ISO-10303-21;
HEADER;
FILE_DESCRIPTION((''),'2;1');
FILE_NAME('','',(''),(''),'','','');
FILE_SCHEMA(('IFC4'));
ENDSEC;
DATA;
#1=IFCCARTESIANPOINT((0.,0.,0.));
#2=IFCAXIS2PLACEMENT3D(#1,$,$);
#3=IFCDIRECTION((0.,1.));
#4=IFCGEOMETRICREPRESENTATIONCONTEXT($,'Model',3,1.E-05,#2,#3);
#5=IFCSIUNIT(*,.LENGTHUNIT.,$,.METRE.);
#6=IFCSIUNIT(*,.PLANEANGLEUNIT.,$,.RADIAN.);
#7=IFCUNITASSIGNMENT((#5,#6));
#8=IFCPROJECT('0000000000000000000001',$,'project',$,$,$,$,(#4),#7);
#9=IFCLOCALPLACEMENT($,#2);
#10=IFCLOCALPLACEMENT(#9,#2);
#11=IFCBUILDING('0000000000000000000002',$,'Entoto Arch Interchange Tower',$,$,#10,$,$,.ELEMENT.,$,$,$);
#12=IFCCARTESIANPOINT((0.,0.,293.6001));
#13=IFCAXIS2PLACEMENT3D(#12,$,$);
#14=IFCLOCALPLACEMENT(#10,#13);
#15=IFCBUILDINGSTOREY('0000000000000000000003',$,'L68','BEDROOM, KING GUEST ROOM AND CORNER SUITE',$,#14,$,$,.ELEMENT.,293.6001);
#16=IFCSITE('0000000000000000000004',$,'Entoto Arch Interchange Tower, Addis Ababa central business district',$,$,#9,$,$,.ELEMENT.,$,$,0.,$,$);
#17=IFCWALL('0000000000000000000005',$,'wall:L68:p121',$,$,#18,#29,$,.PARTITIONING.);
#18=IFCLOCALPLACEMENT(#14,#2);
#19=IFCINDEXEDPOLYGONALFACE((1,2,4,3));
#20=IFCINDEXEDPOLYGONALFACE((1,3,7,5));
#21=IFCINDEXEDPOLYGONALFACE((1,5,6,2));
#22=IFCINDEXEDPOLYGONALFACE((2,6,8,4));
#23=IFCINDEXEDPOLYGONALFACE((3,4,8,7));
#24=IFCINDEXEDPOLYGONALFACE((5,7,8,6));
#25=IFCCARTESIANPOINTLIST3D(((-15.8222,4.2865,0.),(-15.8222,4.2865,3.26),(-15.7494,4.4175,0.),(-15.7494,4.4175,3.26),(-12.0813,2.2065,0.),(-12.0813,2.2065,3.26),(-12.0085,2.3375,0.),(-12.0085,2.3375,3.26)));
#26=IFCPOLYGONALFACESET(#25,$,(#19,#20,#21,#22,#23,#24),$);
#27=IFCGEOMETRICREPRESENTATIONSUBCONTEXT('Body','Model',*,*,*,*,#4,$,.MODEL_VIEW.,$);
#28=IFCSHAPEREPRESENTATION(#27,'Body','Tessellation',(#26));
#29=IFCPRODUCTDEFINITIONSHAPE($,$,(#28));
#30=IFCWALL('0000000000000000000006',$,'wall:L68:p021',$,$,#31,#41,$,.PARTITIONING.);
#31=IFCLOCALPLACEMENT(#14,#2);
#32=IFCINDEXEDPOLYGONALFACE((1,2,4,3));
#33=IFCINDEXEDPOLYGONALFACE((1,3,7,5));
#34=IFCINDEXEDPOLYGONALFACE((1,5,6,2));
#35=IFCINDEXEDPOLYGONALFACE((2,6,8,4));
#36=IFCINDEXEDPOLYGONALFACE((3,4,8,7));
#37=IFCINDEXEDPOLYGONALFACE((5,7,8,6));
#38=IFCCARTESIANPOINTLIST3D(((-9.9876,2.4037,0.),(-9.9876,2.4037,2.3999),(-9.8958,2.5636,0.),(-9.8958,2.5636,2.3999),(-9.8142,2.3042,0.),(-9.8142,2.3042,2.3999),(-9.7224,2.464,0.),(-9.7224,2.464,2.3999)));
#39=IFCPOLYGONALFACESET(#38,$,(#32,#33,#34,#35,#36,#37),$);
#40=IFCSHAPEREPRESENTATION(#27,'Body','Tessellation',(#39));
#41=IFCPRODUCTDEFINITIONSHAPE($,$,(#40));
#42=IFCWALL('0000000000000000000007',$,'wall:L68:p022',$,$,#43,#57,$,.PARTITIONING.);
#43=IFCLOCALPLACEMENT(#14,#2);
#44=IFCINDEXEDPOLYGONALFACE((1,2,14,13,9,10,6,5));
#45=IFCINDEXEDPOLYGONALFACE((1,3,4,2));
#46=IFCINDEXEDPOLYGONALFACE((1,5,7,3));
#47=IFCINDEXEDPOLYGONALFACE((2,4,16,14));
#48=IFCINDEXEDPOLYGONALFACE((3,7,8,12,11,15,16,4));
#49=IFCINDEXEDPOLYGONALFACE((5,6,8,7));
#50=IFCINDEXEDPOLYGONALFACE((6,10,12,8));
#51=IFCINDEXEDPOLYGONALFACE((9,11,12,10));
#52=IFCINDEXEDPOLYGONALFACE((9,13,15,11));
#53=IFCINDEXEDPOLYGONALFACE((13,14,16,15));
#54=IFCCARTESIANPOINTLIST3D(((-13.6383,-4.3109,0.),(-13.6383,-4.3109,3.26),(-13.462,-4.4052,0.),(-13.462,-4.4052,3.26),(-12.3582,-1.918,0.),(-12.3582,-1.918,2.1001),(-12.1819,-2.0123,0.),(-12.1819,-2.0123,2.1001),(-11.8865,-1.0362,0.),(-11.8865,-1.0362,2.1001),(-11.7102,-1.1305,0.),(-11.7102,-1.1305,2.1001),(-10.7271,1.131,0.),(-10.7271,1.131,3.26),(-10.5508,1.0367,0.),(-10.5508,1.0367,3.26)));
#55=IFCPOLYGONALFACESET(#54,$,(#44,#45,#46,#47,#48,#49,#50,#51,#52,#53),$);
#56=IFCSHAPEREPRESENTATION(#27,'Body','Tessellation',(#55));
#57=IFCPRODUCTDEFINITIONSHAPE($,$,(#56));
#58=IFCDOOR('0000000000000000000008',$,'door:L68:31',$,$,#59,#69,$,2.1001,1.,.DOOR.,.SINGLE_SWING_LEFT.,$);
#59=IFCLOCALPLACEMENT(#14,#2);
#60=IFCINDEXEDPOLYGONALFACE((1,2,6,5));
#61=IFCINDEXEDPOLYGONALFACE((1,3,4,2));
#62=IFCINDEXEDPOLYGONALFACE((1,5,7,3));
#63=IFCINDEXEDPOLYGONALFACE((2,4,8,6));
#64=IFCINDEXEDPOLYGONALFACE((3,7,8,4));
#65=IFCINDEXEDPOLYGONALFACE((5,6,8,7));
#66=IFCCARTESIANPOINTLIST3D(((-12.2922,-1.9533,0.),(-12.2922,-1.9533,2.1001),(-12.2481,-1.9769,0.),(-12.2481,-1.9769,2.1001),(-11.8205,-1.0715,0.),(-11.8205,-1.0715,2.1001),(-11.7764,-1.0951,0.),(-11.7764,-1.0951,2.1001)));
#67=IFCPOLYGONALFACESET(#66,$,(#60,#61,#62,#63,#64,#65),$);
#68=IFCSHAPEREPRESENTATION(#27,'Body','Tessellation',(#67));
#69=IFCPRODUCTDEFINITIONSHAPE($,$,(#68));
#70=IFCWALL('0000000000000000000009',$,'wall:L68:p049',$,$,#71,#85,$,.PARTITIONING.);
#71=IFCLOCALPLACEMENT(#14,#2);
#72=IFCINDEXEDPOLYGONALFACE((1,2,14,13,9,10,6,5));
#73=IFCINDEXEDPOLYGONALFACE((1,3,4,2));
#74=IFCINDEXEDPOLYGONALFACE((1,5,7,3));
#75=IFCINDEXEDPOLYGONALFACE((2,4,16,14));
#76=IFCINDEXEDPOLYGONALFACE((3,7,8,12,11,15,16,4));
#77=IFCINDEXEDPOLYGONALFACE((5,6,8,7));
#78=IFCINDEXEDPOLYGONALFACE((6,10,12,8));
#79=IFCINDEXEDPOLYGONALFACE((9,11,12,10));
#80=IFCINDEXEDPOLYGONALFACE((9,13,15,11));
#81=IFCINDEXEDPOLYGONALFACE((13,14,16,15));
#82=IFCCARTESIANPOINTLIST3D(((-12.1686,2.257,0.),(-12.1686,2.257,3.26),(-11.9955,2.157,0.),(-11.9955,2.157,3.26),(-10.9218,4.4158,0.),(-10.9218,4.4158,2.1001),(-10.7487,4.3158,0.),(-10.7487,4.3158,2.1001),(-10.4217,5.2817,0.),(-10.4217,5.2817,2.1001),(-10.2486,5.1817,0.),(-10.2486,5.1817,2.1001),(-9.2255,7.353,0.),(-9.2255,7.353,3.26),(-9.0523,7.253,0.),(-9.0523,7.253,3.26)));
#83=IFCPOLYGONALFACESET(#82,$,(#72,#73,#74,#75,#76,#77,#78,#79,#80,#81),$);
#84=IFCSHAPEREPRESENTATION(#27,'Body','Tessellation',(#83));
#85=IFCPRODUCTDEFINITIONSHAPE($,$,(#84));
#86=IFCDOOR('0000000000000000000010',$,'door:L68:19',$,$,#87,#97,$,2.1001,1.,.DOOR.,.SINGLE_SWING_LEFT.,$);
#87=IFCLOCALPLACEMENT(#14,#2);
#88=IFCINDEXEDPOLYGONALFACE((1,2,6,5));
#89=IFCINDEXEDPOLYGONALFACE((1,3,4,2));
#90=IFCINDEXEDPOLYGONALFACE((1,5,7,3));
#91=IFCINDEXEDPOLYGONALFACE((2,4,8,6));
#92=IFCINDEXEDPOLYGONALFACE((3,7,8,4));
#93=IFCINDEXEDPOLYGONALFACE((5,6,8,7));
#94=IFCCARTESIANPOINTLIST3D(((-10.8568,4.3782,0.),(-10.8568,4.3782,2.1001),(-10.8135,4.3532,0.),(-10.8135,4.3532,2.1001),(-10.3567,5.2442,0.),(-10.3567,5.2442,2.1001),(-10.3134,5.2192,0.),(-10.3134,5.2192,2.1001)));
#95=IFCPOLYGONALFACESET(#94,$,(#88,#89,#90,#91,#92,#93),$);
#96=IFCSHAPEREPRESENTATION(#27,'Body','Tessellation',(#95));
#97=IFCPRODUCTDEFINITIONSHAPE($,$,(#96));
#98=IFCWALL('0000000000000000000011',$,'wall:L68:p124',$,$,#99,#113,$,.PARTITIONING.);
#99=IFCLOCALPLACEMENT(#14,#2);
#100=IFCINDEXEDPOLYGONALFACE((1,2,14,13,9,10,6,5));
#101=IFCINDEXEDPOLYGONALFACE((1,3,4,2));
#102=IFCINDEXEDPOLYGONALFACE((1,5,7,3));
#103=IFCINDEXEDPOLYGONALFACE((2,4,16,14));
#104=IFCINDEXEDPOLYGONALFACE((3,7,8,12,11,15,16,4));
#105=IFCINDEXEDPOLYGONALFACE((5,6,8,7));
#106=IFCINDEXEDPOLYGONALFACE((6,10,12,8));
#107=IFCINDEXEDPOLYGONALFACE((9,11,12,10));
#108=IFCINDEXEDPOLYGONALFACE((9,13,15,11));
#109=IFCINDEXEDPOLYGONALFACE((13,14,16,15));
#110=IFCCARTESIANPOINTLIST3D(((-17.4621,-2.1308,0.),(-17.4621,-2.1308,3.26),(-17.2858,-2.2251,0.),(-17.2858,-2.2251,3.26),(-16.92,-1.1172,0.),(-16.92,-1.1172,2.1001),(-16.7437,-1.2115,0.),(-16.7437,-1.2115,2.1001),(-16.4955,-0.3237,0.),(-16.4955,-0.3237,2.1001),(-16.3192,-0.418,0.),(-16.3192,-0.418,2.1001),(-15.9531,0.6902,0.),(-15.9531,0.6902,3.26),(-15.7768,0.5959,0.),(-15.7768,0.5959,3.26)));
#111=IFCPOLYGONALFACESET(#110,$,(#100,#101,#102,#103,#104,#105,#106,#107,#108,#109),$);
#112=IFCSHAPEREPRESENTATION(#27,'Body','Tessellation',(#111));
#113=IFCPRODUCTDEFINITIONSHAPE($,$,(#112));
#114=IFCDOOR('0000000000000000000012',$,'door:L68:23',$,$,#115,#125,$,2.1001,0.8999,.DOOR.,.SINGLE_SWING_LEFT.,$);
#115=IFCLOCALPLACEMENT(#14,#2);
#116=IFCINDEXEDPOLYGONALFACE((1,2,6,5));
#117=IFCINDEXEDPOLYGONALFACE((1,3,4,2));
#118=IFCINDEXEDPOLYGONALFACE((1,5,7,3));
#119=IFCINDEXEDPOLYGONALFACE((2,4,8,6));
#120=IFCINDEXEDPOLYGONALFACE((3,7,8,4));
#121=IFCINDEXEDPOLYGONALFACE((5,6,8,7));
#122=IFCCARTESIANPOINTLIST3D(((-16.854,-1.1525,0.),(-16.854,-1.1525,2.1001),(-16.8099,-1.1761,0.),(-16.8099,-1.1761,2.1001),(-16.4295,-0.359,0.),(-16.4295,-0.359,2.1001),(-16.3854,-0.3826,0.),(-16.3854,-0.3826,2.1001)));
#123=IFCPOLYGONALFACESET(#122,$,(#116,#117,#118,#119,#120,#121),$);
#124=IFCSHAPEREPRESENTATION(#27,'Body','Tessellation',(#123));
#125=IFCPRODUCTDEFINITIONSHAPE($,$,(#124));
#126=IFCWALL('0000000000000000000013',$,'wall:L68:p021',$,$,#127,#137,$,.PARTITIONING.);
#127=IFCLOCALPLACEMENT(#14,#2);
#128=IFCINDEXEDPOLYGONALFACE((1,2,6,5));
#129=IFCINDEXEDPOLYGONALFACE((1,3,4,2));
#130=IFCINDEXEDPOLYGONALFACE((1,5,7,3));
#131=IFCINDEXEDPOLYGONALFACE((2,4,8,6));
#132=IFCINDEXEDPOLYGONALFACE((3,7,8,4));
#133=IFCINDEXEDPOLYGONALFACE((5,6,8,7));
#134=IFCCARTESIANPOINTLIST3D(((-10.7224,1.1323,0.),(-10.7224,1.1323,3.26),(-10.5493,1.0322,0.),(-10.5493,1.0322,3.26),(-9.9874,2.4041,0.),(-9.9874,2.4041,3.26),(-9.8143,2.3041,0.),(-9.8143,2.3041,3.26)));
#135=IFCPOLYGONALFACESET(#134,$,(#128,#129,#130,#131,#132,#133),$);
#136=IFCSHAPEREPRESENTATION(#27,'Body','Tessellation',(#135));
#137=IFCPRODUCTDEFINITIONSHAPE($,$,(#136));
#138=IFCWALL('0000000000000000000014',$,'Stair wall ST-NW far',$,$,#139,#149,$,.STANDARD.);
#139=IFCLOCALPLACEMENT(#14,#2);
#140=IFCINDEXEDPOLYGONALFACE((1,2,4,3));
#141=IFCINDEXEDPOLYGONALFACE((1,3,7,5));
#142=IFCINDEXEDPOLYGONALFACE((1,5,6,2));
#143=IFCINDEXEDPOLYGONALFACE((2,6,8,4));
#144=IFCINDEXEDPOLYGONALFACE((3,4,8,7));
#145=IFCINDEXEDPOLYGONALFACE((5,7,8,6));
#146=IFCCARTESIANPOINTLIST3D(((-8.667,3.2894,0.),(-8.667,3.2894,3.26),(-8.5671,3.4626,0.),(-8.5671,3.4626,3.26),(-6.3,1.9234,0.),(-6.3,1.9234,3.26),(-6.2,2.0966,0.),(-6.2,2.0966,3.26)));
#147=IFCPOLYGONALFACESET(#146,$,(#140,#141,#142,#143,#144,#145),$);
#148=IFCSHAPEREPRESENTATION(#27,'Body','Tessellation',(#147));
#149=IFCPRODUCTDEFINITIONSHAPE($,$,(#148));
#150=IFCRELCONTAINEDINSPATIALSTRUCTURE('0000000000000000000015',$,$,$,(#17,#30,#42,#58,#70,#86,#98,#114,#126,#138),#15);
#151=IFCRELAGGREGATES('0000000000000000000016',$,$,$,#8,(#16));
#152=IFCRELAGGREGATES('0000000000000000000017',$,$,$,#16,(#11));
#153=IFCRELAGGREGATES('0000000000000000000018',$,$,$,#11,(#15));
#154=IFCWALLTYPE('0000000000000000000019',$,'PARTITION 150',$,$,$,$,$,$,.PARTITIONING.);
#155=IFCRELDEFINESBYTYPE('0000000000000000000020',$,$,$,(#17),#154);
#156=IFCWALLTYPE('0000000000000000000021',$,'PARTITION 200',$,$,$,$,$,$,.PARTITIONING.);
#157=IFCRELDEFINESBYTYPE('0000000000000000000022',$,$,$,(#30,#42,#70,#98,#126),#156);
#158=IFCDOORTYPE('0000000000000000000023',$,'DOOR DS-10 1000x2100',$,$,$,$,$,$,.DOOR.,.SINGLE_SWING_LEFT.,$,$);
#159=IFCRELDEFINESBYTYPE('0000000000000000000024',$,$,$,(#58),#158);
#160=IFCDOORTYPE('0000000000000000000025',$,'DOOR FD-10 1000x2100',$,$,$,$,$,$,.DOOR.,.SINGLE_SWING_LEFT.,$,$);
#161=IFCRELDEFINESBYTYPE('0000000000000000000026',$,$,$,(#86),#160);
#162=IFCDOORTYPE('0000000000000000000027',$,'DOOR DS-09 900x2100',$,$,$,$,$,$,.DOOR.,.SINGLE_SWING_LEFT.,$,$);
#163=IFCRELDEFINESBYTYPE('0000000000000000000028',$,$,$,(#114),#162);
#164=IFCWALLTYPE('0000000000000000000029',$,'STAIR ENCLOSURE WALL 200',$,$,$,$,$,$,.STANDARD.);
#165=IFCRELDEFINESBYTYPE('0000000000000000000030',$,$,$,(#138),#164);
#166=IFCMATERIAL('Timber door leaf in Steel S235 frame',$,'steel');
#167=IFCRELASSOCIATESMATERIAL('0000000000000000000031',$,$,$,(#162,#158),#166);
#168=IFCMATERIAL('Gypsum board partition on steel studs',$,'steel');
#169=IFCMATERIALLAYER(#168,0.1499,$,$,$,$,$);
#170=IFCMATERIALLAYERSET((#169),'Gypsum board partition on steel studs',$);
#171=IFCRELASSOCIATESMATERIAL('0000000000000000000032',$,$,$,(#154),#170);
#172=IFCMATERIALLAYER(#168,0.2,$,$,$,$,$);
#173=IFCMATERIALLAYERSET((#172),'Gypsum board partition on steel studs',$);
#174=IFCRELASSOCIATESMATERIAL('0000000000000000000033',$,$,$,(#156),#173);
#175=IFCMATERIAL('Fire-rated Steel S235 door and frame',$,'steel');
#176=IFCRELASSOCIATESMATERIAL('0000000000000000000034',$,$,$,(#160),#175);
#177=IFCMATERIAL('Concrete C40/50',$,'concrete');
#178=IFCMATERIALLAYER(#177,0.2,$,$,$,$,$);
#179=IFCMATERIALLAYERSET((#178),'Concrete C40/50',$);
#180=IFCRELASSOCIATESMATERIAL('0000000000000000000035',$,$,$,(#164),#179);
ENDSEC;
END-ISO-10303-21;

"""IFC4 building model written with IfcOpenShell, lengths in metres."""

from ifc_helpers import new_model, si_unit, direction, frame, frame_2d, origin, place, context, subcontext, project, spatial, rectangle, extrude, material, layer, layer_set, type_object, element, fill, save


model = new_model("IFC4")

# Units and contexts
model_context = context("Model", 3, precision=1e-05, world=origin(), true_north=direction((0.0, 1.0)))
body_context = subcontext(model_context, "Body", "Model", "MODEL_VIEW")
ifc_project = project(units=[si_unit("LENGTHUNIT", "METRE"), si_unit("PLANEANGLEUNIT", "RADIAN")], contexts=[model_context])

# Site, building, storey
site_placement = place(None, origin())
site = spatial("IfcSite", under=ifc_project, at=site_placement, Name="Entoto Arch Interchange Tower, Addis Ababa central business district", CompositionType="ELEMENT", RefElevation=0.0)
building_placement = place(site_placement, origin())
building = spatial("IfcBuilding", under=site, at=building_placement, Name="Entoto Arch Interchange Tower", CompositionType="ELEMENT")
storey_placement = place(building_placement, frame((0.0, 0.0, 293.6001)))
storey = spatial("IfcBuildingStorey", under=building, at=storey_placement, Name="L68", Description="BEDROOM, KING GUEST ROOM AND CORNER SUITE", CompositionType="ELEMENT", Elevation=293.6001)

# Shared definitions
ifc_material_1 = material(Name="Concrete C40/50", Category="concrete")

# Shared definitions
ifc_material_2 = material(Name="Fire-rated Steel S235 door and frame", Category="steel")

# Shared definitions
ifc_material_3 = material(Name="Gypsum board partition on steel studs", Category="steel")
ifc_material_4 = material(Name="Timber door leaf in Steel S235 frame", Category="steel")
door_type_1 = type_object("IfcDoorType", Name="DOOR DS-09 900x2100", OperationType="SINGLE_SWING_LEFT", PredefinedType="DOOR", material=ifc_material_4)

# Walls
ifc_layer_1 = layer(ifc_material_3, 0.1499)
ifc_layer_set_1 = layer_set([ifc_layer_1], Name="Gypsum board partition on steel studs")
wall_type_1 = type_object("IfcWallType", Name="PARTITION 150", PredefinedType="PARTITIONING", material=ifc_layer_set_1)
wall_1_placement = place(storey_placement, frame((-12.0449, 2.272, 0.0), z_axis=(0.0, 0.0, 1.0), x_axis=(-0.873982, 0.485958, 0.0)))
element("IfcWall", 1, at=wall_1_placement, inside=storey, type_object=wall_type_1, Name="wall:L68:p121", PredefinedType="PARTITIONING", context=body_context, shape_type="SweptSolid", body=[
    extrude(rectangle(XDim=4.2803, YDim=0.1499, at=frame_2d((2.1401, 0.0))), origin(), (0.0, 0.0, 1.0), 3.26),
])
ifc_layer_2 = layer(ifc_material_3, 0.2)
ifc_layer_set_2 = layer_set([ifc_layer_2], Name="Gypsum board partition on steel studs")
wall_type_2 = type_object("IfcWallType", Name="PARTITION 200", PredefinedType="PARTITIONING", material=ifc_layer_set_2)
wall_2_placement = place(storey_placement, frame((-9.8091, 2.5139, 0.0), z_axis=(0.0, 0.0, 1.0), x_axis=(-0.497849, -0.867264, 0.0)))
element("IfcWall", 2, at=wall_2_placement, inside=storey, type_object=wall_type_2, Name="wall:L68:p021", PredefinedType="PARTITIONING", context=body_context, shape_type="SweptSolid", body=[
    extrude(rectangle(XDim=0.1843, YDim=0.2, at=frame_2d((0.0923, 0.0))), origin(), (0.0, 0.0, 1.0), 2.3999),
])

# Walls, openings, doors
wall_3_placement = place(storey_placement, frame((-10.6389, 1.084, 0.0), z_axis=(0.0, 0.0, 1.0), x_axis=(-0.471697, -0.881761, 0.0)))
wall_3 = element("IfcWall", 3, at=wall_3_placement, inside=storey, type_object=wall_type_2, Name="wall:L68:p022", PredefinedType="PARTITIONING", context=body_context, shape_type="SweptSolid", body=[
    extrude(rectangle(XDim=6.1716, YDim=0.2, at=frame_2d((3.0859, 0.0))), origin(), (0.0, 0.0, 1.0), 3.26),
])
opening_1_placement = place(wall_3_placement, frame((2.458, 0.0, 0.0)))
opening_1 = element("IfcOpeningElement", 4, at=opening_1_placement, cuts=wall_3, PredefinedType="OPENING", context=body_context, shape_type="SweptSolid", body=[
    extrude(rectangle(XDim=1.0, YDim=2.1001, at=frame_2d((0.5, 1.05))), frame((0.0, 0.1099, 0.0), z_axis=(0.0, -1.0, 0.0), x_axis=(1.0, 0.0, 0.0)), (0.0, 0.0, 1.0), 0.22),
])
door_type_2 = type_object("IfcDoorType", Name="DOOR DS-10 1000x2100", OperationType="SINGLE_SWING_LEFT", PredefinedType="DOOR", material=ifc_material_4)
door_1_placement = place(opening_1_placement, origin())
door_1 = element("IfcDoor", 5, at=door_1_placement, inside=storey, type_object=door_type_2, Name="door:L68:31", OperationType="SINGLE_SWING_LEFT", OverallHeight=2.1001, OverallWidth=1.0, PredefinedType="DOOR", context=body_context, shape_type="SweptSolid", body=[
    extrude(rectangle(XDim=1.0, YDim=2.1001, at=frame_2d((0.5, 1.05))), frame((0.0, 0.0249, 0.0), z_axis=(0.0, -1.0, 0.0), x_axis=(1.0, 0.0, 0.0)), (0.0, 0.0, 1.0), 0.05),
])
fill(opening_1, door_1)
wall_4_placement = place(storey_placement, frame((-12.082, 2.207, 0.0), z_axis=(0.0, 0.0, 1.0), x_axis=(0.500123, 0.865954, 0.0)))
wall_4 = element("IfcWall", 6, at=wall_4_placement, inside=storey, type_object=wall_type_2, Name="wall:L68:p049", PredefinedType="PARTITIONING", context=body_context, shape_type="SweptSolid", body=[
    extrude(rectangle(XDim=5.8848, YDim=0.2, at=frame_2d((2.9424, 0.0))), origin(), (0.0, 0.0, 1.0), 3.26),
])
opening_2_placement = place(wall_4_placement, frame((2.4929, 0.0, 0.0)))
opening_2 = element("IfcOpeningElement", 7, at=opening_2_placement, cuts=wall_4, PredefinedType="OPENING", context=body_context, shape_type="SweptSolid", body=[
    extrude(rectangle(XDim=1.0, YDim=2.1001, at=frame_2d((0.5, 1.05))), frame((0.0, 0.1099, 0.0), z_axis=(0.0, -1.0, 0.0), x_axis=(1.0, 0.0, 0.0)), (0.0, 0.0, 1.0), 0.22),
])
door_type_3 = type_object("IfcDoorType", Name="DOOR FD-10 1000x2100", OperationType="SINGLE_SWING_LEFT", PredefinedType="DOOR", material=ifc_material_2)
door_2_placement = place(opening_2_placement, origin())
door_2 = element("IfcDoor", 8, at=door_2_placement, inside=storey, type_object=door_type_3, Name="door:L68:19", OperationType="SINGLE_SWING_LEFT", OverallHeight=2.1001, OverallWidth=1.0, PredefinedType="DOOR", context=body_context, shape_type="SweptSolid", body=[
    extrude(rectangle(XDim=1.0, YDim=2.1001, at=frame_2d((0.5, 1.05))), frame((0.0, 0.0249, 0.0), z_axis=(0.0, -1.0, 0.0), x_axis=(1.0, 0.0, 0.0)), (0.0, 0.0, 1.0), 0.05),
])
fill(opening_2, door_2)
wall_5_placement = place(storey_placement, frame((-15.865, 0.6431, 0.0), z_axis=(0.0, 0.0, 1.0), x_axis=(-0.471677, -0.881771, 0.0)))
wall_5 = element("IfcWall", 9, at=wall_5_placement, inside=storey, type_object=wall_type_2, Name="wall:L68:p124", PredefinedType="PARTITIONING", context=body_context, shape_type="SweptSolid", body=[
    extrude(rectangle(XDim=3.1992, YDim=0.2, at=frame_2d((1.5996, 0.0))), origin(), (0.0, 0.0, 1.0), 3.26),
])
opening_3_placement = place(wall_5_placement, frame((1.1499, 0.0, 0.0)))
opening_3 = element("IfcOpeningElement", 10, at=opening_3_placement, cuts=wall_5, PredefinedType="OPENING", context=body_context, shape_type="SweptSolid", body=[
    extrude(rectangle(XDim=0.8999, YDim=2.1001, at=frame_2d((0.45, 1.05))), frame((0.0, 0.1099, 0.0), z_axis=(0.0, -1.0, 0.0), x_axis=(1.0, 0.0, 0.0)), (0.0, 0.0, 1.0), 0.22),
])
door_3_placement = place(opening_3_placement, origin())
door_3 = element("IfcDoor", 11, at=door_3_placement, inside=storey, type_object=door_type_1, Name="door:L68:23", OperationType="SINGLE_SWING_LEFT", OverallHeight=2.1001, OverallWidth=0.8999, PredefinedType="DOOR", context=body_context, shape_type="SweptSolid", body=[
    extrude(rectangle(XDim=0.8999, YDim=2.1001, at=frame_2d((0.45, 1.05))), frame((0.0, 0.0249, 0.0), z_axis=(0.0, -1.0, 0.0), x_axis=(1.0, 0.0, 0.0)), (0.0, 0.0, 1.0), 0.05),
])
fill(opening_3, door_3)

# Walls
wall_6_placement = place(storey_placement, frame((-9.9009, 2.354, 0.0), z_axis=(0.0, 0.0, 1.0), x_axis=(-0.500374, -0.865809, 0.0)))
element("IfcWall", 12, at=wall_6_placement, inside=storey, type_object=wall_type_2, Name="wall:L68:p021", PredefinedType="PARTITIONING", context=body_context, shape_type="SweptSolid", body=[
    extrude(rectangle(XDim=1.469, YDim=0.2, at=frame_2d((0.7344, 0.0))), origin(), (0.0, 0.0, 1.0), 3.26),
])
ifc_layer_3 = layer(ifc_material_1, 0.2)
ifc_layer_set_3 = layer_set([ifc_layer_3], Name="Concrete C40/50")
wall_type_3 = type_object("IfcWallType", Name="STAIR ENCLOSURE WALL 200", PredefinedType="STANDARD", material=ifc_layer_set_3)
wall_7_placement = place(storey_placement, frame((-6.25, 2.01, 0.0), z_axis=(0.0, 0.0, 1.0), x_axis=(-0.866119, 0.499838, 0.0)))
element("IfcWall", 13, at=wall_7_placement, inside=storey, type_object=wall_type_3, Name="Stair wall ST-NW far", PredefinedType="STANDARD", context=body_context, shape_type="SweptSolid", body=[
    extrude(rectangle(XDim=2.7329, YDim=0.2, at=frame_2d((1.3665, 0.0))), origin(), (0.0, 0.0, 1.0), 3.26),
])

save(model, "model.ifc")
